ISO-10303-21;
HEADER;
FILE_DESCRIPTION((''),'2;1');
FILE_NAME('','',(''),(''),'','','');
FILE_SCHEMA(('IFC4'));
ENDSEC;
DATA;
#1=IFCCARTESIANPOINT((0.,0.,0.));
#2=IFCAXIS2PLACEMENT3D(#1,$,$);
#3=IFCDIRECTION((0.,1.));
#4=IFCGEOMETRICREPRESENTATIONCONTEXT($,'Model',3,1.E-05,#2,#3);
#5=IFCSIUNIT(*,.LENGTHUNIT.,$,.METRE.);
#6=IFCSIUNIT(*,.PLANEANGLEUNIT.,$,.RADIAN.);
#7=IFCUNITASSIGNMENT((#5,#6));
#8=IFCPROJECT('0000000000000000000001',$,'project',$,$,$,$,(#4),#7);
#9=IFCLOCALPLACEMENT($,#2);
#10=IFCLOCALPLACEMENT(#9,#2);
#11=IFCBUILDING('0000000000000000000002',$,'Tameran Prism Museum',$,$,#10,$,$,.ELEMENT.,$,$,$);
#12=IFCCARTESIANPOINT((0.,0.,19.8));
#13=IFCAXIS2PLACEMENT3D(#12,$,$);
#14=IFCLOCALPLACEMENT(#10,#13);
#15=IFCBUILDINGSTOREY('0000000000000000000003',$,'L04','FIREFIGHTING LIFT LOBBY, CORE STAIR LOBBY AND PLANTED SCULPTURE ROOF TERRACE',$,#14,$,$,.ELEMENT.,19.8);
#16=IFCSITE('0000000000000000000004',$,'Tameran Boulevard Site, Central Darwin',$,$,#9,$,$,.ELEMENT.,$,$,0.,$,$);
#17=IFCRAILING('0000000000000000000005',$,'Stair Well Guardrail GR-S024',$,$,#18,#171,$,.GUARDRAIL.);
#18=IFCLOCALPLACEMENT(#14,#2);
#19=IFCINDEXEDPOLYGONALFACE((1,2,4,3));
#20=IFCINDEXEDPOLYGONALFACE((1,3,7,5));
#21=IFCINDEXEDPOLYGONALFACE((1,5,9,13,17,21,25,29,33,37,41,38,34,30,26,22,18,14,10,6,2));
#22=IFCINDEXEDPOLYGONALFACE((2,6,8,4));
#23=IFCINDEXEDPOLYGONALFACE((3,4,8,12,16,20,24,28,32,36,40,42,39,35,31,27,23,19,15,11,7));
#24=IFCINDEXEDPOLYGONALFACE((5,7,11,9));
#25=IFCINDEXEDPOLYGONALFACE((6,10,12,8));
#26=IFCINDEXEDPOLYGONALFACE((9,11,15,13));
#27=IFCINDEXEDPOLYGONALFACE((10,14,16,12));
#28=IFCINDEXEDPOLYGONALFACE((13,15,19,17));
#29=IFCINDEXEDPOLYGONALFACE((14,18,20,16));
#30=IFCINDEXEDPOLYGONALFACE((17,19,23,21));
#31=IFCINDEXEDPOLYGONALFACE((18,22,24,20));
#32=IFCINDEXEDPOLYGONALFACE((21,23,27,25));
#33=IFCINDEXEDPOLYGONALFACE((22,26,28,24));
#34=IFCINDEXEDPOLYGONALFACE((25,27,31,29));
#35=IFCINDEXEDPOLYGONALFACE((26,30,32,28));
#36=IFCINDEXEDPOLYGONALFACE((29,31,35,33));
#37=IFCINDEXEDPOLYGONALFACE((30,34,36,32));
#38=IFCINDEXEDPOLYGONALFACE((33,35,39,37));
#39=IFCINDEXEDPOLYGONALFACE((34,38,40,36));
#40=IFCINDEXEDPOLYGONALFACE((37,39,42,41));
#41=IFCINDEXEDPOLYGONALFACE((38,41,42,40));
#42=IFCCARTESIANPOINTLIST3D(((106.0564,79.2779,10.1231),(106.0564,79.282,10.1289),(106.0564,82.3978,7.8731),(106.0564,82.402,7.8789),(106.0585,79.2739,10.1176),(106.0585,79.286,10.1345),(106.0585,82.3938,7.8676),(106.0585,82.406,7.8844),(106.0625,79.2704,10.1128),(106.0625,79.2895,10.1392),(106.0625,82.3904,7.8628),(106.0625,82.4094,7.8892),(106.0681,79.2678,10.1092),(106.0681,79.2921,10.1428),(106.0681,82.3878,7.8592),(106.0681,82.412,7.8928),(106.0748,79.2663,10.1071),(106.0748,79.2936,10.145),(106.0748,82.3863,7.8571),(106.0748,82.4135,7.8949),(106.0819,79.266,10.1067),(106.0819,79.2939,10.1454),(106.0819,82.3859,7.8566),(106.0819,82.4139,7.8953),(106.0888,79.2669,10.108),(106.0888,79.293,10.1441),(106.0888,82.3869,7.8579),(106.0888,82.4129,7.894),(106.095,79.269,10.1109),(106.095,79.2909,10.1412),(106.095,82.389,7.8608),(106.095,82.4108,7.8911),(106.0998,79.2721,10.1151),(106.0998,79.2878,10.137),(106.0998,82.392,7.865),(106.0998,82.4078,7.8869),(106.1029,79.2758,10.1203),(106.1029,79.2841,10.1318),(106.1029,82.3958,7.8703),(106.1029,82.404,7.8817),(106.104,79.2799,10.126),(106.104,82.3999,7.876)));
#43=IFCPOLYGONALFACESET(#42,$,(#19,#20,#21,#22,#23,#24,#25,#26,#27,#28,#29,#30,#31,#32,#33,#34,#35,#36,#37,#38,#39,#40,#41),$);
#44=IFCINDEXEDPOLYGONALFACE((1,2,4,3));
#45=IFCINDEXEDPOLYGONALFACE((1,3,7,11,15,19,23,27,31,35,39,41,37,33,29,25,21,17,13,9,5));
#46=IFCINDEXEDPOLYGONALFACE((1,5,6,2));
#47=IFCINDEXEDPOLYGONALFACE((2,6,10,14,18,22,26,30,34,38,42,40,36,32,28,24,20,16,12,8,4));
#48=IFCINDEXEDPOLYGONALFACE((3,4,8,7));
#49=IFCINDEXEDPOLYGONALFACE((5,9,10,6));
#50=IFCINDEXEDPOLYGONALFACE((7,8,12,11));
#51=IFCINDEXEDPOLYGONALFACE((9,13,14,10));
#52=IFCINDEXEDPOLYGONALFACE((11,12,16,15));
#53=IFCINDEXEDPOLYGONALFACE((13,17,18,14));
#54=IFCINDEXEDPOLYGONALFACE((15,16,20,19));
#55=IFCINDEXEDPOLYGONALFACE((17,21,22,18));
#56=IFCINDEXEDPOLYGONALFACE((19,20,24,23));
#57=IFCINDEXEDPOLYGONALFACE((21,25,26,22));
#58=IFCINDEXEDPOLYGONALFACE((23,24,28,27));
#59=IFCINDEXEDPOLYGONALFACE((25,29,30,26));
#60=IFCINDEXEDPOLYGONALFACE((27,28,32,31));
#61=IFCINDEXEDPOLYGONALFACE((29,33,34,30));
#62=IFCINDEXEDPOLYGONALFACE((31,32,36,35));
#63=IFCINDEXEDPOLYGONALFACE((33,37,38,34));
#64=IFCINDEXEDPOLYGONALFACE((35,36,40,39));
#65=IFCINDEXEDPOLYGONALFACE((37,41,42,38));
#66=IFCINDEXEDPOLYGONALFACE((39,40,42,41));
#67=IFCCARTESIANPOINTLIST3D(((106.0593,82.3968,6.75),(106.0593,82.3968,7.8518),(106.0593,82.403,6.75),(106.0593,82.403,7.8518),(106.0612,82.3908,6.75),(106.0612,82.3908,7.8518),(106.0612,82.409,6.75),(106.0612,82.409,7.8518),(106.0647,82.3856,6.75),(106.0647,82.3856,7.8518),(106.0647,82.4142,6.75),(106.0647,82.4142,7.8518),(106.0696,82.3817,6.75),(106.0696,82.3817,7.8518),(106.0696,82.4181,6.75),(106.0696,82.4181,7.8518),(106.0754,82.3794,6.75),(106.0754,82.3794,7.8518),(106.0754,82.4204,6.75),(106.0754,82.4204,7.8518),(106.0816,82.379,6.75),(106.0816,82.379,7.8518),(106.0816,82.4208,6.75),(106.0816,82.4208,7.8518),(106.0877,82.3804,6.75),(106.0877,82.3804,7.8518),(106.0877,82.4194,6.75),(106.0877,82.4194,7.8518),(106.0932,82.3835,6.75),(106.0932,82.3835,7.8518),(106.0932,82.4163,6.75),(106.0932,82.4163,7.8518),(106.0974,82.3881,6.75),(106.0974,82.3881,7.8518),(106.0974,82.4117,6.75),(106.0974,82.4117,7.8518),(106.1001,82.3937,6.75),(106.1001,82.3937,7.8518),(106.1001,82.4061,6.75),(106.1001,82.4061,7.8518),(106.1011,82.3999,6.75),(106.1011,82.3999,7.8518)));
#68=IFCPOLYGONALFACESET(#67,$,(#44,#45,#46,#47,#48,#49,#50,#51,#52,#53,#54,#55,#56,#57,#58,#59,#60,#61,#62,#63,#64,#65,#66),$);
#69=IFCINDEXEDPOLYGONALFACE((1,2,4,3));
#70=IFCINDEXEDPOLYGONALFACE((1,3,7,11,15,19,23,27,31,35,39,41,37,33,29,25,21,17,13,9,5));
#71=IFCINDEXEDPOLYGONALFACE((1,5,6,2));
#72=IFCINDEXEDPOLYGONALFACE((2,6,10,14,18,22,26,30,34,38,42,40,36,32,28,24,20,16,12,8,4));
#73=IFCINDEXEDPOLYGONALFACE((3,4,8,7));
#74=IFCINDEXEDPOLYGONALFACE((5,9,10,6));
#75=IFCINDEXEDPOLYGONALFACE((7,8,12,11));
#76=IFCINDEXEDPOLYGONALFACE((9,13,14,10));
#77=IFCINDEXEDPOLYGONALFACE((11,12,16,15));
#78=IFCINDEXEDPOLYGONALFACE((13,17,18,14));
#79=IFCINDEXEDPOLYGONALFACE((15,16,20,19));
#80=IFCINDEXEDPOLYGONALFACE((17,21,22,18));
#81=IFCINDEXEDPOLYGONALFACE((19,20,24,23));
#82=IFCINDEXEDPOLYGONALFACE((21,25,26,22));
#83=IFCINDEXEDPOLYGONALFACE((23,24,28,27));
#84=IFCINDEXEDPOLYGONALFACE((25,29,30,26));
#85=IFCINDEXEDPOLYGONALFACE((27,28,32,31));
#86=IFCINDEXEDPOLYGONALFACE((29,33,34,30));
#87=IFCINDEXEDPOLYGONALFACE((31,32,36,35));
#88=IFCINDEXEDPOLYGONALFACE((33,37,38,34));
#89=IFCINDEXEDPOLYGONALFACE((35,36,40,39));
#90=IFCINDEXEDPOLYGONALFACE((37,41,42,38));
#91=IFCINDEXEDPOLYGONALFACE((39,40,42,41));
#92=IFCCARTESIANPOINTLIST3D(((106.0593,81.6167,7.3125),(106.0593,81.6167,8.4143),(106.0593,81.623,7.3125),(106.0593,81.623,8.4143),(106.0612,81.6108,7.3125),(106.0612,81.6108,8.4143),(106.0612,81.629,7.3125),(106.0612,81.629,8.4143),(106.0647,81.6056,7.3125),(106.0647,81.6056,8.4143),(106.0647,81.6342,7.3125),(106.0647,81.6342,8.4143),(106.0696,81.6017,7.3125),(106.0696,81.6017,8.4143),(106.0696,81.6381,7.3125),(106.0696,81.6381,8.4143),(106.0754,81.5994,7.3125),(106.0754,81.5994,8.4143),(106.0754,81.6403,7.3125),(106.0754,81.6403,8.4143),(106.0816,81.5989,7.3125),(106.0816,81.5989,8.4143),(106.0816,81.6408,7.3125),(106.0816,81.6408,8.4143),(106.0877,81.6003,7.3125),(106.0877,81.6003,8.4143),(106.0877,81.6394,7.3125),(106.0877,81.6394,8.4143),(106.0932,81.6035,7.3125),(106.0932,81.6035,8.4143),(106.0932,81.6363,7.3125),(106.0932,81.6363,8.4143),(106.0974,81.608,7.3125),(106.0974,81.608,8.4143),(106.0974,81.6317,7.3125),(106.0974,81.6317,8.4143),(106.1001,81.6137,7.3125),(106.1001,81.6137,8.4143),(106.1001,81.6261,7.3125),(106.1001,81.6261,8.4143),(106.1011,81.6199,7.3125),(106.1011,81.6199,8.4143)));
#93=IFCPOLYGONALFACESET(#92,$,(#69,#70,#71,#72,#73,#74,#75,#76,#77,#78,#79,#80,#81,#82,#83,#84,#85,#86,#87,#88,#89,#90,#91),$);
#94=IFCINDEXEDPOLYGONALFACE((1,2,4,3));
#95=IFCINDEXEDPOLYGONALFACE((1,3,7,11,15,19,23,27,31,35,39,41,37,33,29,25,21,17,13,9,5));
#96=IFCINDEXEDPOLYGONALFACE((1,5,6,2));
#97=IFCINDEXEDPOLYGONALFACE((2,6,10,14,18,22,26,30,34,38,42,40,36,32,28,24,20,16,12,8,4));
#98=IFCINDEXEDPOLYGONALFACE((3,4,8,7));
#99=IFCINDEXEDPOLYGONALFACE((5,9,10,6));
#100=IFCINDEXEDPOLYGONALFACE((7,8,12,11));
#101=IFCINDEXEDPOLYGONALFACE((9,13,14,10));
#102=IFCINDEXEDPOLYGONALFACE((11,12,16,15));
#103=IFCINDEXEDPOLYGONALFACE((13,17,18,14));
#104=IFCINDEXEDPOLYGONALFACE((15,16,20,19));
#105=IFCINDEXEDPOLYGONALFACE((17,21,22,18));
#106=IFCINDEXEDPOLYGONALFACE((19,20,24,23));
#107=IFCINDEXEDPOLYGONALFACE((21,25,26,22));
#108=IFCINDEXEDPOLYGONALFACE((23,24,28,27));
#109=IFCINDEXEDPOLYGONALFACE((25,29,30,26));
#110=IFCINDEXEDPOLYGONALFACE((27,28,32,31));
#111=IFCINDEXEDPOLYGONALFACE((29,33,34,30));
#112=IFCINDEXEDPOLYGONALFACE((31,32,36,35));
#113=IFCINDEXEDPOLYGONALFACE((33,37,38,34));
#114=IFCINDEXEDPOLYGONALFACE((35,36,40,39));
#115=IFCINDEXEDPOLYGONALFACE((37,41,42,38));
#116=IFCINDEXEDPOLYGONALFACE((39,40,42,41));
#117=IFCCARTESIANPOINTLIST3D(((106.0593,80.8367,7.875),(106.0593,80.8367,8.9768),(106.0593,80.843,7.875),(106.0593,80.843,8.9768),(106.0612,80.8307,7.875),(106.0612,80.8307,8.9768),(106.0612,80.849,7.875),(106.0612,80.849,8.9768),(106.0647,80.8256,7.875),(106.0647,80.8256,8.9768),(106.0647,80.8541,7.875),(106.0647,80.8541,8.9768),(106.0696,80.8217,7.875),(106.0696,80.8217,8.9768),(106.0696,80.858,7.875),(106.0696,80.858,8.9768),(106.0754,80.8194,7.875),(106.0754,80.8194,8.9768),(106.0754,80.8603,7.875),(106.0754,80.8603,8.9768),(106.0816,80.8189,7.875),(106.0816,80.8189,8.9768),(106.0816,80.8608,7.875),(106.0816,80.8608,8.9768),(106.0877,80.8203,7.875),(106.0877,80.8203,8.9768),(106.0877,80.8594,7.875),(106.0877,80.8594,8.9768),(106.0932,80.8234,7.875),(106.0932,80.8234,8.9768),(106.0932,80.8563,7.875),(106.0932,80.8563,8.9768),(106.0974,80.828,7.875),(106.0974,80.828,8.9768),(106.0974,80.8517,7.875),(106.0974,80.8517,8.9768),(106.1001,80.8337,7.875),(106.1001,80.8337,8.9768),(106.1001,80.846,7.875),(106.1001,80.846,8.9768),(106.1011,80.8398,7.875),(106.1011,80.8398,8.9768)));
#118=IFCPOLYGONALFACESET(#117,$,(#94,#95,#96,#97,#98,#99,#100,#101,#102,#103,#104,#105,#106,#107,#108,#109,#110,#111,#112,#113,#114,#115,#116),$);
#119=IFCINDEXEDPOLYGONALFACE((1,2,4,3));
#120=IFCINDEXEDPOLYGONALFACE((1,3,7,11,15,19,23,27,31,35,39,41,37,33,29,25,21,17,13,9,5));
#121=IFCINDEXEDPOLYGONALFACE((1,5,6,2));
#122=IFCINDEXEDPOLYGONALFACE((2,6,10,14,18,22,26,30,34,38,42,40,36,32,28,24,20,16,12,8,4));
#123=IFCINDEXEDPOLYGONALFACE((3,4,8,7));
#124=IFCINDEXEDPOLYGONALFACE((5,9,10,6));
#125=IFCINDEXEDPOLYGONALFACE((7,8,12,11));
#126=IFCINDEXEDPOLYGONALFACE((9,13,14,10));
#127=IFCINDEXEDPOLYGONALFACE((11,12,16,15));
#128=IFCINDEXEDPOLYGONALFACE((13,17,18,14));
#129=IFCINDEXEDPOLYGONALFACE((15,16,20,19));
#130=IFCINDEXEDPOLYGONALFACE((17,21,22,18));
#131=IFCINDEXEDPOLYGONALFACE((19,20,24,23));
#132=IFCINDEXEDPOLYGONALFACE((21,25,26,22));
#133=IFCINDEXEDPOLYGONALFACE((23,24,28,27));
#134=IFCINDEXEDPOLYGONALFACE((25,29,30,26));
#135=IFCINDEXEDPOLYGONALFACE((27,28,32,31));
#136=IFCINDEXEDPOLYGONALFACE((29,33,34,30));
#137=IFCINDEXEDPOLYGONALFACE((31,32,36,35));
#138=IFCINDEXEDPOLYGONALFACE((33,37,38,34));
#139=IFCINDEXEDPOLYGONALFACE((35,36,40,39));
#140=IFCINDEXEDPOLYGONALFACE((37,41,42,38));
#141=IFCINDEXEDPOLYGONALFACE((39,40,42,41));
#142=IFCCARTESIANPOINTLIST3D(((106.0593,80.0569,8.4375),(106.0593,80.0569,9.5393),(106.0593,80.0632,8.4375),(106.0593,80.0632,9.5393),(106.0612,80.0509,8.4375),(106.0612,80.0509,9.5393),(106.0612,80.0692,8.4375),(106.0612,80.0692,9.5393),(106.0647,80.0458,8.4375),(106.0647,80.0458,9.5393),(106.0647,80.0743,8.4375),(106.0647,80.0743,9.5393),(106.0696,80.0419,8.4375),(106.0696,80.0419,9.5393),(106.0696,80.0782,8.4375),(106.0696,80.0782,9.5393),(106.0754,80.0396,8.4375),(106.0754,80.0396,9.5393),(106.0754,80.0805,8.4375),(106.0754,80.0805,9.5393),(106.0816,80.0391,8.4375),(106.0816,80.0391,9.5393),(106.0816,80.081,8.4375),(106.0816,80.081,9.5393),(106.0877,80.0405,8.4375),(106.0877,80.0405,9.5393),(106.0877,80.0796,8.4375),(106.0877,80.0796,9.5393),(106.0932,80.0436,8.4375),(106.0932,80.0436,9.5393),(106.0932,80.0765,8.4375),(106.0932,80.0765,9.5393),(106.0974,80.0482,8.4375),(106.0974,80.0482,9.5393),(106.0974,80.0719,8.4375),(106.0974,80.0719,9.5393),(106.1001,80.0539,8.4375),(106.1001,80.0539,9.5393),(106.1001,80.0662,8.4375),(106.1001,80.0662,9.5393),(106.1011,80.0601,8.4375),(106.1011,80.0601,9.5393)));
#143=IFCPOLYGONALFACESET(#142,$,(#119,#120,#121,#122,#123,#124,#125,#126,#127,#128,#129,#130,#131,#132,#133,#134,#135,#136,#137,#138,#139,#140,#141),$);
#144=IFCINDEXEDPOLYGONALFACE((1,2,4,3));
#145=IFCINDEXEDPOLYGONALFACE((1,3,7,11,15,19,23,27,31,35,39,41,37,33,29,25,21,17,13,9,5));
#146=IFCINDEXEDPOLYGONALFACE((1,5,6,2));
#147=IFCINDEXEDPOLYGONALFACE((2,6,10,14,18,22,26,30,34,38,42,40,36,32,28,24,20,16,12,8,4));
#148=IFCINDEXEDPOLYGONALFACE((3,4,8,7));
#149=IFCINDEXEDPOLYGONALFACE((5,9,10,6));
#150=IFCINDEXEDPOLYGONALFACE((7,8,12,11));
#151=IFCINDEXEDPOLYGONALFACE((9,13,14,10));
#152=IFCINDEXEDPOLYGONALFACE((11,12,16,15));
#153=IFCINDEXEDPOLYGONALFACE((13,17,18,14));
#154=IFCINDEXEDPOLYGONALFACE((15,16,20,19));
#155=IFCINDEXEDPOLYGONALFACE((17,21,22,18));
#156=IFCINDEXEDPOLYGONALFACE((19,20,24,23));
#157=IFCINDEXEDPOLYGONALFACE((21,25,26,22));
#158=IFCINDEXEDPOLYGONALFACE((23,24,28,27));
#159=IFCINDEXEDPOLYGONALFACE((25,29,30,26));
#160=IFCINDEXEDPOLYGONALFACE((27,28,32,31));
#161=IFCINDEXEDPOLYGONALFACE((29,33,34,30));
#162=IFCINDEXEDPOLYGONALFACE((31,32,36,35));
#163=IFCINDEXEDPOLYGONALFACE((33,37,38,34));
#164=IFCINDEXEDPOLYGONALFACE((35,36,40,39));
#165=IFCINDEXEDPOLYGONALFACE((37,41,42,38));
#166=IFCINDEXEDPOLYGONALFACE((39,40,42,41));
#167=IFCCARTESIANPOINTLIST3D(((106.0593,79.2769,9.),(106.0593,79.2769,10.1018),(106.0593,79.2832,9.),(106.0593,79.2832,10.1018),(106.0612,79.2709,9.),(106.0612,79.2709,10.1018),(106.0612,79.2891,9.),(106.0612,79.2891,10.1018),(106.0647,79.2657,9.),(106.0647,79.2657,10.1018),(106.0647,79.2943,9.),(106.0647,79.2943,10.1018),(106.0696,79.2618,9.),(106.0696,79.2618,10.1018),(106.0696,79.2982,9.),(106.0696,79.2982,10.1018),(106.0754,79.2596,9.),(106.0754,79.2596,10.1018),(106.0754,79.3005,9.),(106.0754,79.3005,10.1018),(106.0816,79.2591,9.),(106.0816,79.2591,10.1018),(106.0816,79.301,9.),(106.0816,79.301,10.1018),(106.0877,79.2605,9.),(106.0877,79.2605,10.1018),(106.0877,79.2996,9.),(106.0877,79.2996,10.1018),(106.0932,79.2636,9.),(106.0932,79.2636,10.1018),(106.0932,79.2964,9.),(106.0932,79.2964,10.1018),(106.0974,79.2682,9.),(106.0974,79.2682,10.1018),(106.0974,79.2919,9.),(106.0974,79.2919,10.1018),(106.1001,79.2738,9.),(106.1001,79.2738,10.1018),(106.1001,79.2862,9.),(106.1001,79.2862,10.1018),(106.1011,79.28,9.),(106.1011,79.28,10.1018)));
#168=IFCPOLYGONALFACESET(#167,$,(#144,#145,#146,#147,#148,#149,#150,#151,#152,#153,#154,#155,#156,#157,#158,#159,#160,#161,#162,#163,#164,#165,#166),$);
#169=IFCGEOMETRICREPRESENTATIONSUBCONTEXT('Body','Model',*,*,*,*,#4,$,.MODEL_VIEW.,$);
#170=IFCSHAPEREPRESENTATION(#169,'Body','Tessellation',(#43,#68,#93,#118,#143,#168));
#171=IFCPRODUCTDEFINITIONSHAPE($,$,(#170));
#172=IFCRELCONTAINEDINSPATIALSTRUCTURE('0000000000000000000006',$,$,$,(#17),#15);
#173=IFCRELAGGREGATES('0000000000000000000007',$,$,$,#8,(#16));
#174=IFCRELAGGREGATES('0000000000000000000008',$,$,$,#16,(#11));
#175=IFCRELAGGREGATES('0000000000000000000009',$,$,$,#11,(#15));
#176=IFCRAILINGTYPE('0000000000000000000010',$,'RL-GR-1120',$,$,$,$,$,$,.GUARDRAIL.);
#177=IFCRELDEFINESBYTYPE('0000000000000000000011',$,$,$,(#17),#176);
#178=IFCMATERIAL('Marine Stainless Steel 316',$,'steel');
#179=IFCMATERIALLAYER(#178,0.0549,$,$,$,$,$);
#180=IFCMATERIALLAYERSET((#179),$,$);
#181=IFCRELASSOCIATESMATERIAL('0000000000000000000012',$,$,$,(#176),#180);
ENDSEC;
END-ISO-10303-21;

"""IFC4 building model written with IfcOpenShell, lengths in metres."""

from ifc_helpers import new_model, si_unit, direction, frame, origin, origin_2d, place, context, subcontext, project, spatial, circle, extrude, material, layer, layer_set, type_object, element, save


model = new_model("IFC4")

# Units and contexts
model_context = context("Model", 3, precision=1e-05, world=origin(), true_north=direction((0.0, 1.0)))
body_context = subcontext(model_context, "Body", "Model", "MODEL_VIEW")
ifc_project = project(units=[si_unit("LENGTHUNIT", "METRE"), si_unit("PLANEANGLEUNIT", "RADIAN")], contexts=[model_context])

# Site, building, storey
site_placement = place(None, origin())
site = spatial("IfcSite", under=ifc_project, at=site_placement, Name="Tameran Boulevard Site, Central Darwin", CompositionType="ELEMENT", RefElevation=0.0)
building_placement = place(site_placement, origin())
building = spatial("IfcBuilding", under=site, at=building_placement, Name="Tameran Prism Museum", CompositionType="ELEMENT")
storey_placement = place(building_placement, frame((0.0, 0.0, 19.8)))
storey = spatial("IfcBuildingStorey", under=building, at=storey_placement, Name="L04", Description="FIREFIGHTING LIFT LOBBY, CORE STAIR LOBBY AND PLANTED SCULPTURE ROOF TERRACE", CompositionType="ELEMENT", Elevation=19.8)

# Railing
ifc_material_1 = material(Name="Marine Stainless Steel 316", Category="steel")
ifc_layer_1 = layer(ifc_material_1, 0.0549)
ifc_layer_set_1 = layer_set([ifc_layer_1])
railing_type_1 = type_object("IfcRailingType", Name="RL-GR-1120", PredefinedType="GUARDRAIL", material=ifc_layer_set_1)
railing_1_placement = place(storey_placement, frame((106.0801, 82.3999, 6.75)))
element("IfcRailing", 1, at=railing_1_placement, inside=storey, type_object=railing_type_1, Name="Stair Well Guardrail GR-S024", PredefinedType="GUARDRAIL", context=body_context, shape_type="SweptSolid", body=[
    extrude(circle(Radius=0.0239, at=origin_2d()), frame((0.0, 0.0, 1.126), z_axis=(0.0, -0.811079, 0.584937), x_axis=(1.0, 0.0, 0.0)), (0.0, 0.0, 1.0), 3.8467),
    extrude(circle(Radius=0.021, at=origin_2d()), origin(), (0.0, 0.0, 1.0), 1.1018),
    extrude(circle(Radius=0.021, at=origin_2d()), frame((0.0, -0.78, 0.5625)), (0.0, 0.0, 1.0), 1.1018),
    extrude(circle(Radius=0.021, at=origin_2d()), frame((0.0, -1.5601, 1.125)), (0.0, 0.0, 1.0), 1.1018),
    extrude(circle(Radius=0.021, at=origin_2d()), frame((0.0, -2.3398, 1.6875)), (0.0, 0.0, 1.0), 1.1018),
    extrude(circle(Radius=0.021, at=origin_2d()), frame((0.0, -3.1199, 2.25)), (0.0, 0.0, 1.0), 1.1018),
])

save(model, "model.ifc")
